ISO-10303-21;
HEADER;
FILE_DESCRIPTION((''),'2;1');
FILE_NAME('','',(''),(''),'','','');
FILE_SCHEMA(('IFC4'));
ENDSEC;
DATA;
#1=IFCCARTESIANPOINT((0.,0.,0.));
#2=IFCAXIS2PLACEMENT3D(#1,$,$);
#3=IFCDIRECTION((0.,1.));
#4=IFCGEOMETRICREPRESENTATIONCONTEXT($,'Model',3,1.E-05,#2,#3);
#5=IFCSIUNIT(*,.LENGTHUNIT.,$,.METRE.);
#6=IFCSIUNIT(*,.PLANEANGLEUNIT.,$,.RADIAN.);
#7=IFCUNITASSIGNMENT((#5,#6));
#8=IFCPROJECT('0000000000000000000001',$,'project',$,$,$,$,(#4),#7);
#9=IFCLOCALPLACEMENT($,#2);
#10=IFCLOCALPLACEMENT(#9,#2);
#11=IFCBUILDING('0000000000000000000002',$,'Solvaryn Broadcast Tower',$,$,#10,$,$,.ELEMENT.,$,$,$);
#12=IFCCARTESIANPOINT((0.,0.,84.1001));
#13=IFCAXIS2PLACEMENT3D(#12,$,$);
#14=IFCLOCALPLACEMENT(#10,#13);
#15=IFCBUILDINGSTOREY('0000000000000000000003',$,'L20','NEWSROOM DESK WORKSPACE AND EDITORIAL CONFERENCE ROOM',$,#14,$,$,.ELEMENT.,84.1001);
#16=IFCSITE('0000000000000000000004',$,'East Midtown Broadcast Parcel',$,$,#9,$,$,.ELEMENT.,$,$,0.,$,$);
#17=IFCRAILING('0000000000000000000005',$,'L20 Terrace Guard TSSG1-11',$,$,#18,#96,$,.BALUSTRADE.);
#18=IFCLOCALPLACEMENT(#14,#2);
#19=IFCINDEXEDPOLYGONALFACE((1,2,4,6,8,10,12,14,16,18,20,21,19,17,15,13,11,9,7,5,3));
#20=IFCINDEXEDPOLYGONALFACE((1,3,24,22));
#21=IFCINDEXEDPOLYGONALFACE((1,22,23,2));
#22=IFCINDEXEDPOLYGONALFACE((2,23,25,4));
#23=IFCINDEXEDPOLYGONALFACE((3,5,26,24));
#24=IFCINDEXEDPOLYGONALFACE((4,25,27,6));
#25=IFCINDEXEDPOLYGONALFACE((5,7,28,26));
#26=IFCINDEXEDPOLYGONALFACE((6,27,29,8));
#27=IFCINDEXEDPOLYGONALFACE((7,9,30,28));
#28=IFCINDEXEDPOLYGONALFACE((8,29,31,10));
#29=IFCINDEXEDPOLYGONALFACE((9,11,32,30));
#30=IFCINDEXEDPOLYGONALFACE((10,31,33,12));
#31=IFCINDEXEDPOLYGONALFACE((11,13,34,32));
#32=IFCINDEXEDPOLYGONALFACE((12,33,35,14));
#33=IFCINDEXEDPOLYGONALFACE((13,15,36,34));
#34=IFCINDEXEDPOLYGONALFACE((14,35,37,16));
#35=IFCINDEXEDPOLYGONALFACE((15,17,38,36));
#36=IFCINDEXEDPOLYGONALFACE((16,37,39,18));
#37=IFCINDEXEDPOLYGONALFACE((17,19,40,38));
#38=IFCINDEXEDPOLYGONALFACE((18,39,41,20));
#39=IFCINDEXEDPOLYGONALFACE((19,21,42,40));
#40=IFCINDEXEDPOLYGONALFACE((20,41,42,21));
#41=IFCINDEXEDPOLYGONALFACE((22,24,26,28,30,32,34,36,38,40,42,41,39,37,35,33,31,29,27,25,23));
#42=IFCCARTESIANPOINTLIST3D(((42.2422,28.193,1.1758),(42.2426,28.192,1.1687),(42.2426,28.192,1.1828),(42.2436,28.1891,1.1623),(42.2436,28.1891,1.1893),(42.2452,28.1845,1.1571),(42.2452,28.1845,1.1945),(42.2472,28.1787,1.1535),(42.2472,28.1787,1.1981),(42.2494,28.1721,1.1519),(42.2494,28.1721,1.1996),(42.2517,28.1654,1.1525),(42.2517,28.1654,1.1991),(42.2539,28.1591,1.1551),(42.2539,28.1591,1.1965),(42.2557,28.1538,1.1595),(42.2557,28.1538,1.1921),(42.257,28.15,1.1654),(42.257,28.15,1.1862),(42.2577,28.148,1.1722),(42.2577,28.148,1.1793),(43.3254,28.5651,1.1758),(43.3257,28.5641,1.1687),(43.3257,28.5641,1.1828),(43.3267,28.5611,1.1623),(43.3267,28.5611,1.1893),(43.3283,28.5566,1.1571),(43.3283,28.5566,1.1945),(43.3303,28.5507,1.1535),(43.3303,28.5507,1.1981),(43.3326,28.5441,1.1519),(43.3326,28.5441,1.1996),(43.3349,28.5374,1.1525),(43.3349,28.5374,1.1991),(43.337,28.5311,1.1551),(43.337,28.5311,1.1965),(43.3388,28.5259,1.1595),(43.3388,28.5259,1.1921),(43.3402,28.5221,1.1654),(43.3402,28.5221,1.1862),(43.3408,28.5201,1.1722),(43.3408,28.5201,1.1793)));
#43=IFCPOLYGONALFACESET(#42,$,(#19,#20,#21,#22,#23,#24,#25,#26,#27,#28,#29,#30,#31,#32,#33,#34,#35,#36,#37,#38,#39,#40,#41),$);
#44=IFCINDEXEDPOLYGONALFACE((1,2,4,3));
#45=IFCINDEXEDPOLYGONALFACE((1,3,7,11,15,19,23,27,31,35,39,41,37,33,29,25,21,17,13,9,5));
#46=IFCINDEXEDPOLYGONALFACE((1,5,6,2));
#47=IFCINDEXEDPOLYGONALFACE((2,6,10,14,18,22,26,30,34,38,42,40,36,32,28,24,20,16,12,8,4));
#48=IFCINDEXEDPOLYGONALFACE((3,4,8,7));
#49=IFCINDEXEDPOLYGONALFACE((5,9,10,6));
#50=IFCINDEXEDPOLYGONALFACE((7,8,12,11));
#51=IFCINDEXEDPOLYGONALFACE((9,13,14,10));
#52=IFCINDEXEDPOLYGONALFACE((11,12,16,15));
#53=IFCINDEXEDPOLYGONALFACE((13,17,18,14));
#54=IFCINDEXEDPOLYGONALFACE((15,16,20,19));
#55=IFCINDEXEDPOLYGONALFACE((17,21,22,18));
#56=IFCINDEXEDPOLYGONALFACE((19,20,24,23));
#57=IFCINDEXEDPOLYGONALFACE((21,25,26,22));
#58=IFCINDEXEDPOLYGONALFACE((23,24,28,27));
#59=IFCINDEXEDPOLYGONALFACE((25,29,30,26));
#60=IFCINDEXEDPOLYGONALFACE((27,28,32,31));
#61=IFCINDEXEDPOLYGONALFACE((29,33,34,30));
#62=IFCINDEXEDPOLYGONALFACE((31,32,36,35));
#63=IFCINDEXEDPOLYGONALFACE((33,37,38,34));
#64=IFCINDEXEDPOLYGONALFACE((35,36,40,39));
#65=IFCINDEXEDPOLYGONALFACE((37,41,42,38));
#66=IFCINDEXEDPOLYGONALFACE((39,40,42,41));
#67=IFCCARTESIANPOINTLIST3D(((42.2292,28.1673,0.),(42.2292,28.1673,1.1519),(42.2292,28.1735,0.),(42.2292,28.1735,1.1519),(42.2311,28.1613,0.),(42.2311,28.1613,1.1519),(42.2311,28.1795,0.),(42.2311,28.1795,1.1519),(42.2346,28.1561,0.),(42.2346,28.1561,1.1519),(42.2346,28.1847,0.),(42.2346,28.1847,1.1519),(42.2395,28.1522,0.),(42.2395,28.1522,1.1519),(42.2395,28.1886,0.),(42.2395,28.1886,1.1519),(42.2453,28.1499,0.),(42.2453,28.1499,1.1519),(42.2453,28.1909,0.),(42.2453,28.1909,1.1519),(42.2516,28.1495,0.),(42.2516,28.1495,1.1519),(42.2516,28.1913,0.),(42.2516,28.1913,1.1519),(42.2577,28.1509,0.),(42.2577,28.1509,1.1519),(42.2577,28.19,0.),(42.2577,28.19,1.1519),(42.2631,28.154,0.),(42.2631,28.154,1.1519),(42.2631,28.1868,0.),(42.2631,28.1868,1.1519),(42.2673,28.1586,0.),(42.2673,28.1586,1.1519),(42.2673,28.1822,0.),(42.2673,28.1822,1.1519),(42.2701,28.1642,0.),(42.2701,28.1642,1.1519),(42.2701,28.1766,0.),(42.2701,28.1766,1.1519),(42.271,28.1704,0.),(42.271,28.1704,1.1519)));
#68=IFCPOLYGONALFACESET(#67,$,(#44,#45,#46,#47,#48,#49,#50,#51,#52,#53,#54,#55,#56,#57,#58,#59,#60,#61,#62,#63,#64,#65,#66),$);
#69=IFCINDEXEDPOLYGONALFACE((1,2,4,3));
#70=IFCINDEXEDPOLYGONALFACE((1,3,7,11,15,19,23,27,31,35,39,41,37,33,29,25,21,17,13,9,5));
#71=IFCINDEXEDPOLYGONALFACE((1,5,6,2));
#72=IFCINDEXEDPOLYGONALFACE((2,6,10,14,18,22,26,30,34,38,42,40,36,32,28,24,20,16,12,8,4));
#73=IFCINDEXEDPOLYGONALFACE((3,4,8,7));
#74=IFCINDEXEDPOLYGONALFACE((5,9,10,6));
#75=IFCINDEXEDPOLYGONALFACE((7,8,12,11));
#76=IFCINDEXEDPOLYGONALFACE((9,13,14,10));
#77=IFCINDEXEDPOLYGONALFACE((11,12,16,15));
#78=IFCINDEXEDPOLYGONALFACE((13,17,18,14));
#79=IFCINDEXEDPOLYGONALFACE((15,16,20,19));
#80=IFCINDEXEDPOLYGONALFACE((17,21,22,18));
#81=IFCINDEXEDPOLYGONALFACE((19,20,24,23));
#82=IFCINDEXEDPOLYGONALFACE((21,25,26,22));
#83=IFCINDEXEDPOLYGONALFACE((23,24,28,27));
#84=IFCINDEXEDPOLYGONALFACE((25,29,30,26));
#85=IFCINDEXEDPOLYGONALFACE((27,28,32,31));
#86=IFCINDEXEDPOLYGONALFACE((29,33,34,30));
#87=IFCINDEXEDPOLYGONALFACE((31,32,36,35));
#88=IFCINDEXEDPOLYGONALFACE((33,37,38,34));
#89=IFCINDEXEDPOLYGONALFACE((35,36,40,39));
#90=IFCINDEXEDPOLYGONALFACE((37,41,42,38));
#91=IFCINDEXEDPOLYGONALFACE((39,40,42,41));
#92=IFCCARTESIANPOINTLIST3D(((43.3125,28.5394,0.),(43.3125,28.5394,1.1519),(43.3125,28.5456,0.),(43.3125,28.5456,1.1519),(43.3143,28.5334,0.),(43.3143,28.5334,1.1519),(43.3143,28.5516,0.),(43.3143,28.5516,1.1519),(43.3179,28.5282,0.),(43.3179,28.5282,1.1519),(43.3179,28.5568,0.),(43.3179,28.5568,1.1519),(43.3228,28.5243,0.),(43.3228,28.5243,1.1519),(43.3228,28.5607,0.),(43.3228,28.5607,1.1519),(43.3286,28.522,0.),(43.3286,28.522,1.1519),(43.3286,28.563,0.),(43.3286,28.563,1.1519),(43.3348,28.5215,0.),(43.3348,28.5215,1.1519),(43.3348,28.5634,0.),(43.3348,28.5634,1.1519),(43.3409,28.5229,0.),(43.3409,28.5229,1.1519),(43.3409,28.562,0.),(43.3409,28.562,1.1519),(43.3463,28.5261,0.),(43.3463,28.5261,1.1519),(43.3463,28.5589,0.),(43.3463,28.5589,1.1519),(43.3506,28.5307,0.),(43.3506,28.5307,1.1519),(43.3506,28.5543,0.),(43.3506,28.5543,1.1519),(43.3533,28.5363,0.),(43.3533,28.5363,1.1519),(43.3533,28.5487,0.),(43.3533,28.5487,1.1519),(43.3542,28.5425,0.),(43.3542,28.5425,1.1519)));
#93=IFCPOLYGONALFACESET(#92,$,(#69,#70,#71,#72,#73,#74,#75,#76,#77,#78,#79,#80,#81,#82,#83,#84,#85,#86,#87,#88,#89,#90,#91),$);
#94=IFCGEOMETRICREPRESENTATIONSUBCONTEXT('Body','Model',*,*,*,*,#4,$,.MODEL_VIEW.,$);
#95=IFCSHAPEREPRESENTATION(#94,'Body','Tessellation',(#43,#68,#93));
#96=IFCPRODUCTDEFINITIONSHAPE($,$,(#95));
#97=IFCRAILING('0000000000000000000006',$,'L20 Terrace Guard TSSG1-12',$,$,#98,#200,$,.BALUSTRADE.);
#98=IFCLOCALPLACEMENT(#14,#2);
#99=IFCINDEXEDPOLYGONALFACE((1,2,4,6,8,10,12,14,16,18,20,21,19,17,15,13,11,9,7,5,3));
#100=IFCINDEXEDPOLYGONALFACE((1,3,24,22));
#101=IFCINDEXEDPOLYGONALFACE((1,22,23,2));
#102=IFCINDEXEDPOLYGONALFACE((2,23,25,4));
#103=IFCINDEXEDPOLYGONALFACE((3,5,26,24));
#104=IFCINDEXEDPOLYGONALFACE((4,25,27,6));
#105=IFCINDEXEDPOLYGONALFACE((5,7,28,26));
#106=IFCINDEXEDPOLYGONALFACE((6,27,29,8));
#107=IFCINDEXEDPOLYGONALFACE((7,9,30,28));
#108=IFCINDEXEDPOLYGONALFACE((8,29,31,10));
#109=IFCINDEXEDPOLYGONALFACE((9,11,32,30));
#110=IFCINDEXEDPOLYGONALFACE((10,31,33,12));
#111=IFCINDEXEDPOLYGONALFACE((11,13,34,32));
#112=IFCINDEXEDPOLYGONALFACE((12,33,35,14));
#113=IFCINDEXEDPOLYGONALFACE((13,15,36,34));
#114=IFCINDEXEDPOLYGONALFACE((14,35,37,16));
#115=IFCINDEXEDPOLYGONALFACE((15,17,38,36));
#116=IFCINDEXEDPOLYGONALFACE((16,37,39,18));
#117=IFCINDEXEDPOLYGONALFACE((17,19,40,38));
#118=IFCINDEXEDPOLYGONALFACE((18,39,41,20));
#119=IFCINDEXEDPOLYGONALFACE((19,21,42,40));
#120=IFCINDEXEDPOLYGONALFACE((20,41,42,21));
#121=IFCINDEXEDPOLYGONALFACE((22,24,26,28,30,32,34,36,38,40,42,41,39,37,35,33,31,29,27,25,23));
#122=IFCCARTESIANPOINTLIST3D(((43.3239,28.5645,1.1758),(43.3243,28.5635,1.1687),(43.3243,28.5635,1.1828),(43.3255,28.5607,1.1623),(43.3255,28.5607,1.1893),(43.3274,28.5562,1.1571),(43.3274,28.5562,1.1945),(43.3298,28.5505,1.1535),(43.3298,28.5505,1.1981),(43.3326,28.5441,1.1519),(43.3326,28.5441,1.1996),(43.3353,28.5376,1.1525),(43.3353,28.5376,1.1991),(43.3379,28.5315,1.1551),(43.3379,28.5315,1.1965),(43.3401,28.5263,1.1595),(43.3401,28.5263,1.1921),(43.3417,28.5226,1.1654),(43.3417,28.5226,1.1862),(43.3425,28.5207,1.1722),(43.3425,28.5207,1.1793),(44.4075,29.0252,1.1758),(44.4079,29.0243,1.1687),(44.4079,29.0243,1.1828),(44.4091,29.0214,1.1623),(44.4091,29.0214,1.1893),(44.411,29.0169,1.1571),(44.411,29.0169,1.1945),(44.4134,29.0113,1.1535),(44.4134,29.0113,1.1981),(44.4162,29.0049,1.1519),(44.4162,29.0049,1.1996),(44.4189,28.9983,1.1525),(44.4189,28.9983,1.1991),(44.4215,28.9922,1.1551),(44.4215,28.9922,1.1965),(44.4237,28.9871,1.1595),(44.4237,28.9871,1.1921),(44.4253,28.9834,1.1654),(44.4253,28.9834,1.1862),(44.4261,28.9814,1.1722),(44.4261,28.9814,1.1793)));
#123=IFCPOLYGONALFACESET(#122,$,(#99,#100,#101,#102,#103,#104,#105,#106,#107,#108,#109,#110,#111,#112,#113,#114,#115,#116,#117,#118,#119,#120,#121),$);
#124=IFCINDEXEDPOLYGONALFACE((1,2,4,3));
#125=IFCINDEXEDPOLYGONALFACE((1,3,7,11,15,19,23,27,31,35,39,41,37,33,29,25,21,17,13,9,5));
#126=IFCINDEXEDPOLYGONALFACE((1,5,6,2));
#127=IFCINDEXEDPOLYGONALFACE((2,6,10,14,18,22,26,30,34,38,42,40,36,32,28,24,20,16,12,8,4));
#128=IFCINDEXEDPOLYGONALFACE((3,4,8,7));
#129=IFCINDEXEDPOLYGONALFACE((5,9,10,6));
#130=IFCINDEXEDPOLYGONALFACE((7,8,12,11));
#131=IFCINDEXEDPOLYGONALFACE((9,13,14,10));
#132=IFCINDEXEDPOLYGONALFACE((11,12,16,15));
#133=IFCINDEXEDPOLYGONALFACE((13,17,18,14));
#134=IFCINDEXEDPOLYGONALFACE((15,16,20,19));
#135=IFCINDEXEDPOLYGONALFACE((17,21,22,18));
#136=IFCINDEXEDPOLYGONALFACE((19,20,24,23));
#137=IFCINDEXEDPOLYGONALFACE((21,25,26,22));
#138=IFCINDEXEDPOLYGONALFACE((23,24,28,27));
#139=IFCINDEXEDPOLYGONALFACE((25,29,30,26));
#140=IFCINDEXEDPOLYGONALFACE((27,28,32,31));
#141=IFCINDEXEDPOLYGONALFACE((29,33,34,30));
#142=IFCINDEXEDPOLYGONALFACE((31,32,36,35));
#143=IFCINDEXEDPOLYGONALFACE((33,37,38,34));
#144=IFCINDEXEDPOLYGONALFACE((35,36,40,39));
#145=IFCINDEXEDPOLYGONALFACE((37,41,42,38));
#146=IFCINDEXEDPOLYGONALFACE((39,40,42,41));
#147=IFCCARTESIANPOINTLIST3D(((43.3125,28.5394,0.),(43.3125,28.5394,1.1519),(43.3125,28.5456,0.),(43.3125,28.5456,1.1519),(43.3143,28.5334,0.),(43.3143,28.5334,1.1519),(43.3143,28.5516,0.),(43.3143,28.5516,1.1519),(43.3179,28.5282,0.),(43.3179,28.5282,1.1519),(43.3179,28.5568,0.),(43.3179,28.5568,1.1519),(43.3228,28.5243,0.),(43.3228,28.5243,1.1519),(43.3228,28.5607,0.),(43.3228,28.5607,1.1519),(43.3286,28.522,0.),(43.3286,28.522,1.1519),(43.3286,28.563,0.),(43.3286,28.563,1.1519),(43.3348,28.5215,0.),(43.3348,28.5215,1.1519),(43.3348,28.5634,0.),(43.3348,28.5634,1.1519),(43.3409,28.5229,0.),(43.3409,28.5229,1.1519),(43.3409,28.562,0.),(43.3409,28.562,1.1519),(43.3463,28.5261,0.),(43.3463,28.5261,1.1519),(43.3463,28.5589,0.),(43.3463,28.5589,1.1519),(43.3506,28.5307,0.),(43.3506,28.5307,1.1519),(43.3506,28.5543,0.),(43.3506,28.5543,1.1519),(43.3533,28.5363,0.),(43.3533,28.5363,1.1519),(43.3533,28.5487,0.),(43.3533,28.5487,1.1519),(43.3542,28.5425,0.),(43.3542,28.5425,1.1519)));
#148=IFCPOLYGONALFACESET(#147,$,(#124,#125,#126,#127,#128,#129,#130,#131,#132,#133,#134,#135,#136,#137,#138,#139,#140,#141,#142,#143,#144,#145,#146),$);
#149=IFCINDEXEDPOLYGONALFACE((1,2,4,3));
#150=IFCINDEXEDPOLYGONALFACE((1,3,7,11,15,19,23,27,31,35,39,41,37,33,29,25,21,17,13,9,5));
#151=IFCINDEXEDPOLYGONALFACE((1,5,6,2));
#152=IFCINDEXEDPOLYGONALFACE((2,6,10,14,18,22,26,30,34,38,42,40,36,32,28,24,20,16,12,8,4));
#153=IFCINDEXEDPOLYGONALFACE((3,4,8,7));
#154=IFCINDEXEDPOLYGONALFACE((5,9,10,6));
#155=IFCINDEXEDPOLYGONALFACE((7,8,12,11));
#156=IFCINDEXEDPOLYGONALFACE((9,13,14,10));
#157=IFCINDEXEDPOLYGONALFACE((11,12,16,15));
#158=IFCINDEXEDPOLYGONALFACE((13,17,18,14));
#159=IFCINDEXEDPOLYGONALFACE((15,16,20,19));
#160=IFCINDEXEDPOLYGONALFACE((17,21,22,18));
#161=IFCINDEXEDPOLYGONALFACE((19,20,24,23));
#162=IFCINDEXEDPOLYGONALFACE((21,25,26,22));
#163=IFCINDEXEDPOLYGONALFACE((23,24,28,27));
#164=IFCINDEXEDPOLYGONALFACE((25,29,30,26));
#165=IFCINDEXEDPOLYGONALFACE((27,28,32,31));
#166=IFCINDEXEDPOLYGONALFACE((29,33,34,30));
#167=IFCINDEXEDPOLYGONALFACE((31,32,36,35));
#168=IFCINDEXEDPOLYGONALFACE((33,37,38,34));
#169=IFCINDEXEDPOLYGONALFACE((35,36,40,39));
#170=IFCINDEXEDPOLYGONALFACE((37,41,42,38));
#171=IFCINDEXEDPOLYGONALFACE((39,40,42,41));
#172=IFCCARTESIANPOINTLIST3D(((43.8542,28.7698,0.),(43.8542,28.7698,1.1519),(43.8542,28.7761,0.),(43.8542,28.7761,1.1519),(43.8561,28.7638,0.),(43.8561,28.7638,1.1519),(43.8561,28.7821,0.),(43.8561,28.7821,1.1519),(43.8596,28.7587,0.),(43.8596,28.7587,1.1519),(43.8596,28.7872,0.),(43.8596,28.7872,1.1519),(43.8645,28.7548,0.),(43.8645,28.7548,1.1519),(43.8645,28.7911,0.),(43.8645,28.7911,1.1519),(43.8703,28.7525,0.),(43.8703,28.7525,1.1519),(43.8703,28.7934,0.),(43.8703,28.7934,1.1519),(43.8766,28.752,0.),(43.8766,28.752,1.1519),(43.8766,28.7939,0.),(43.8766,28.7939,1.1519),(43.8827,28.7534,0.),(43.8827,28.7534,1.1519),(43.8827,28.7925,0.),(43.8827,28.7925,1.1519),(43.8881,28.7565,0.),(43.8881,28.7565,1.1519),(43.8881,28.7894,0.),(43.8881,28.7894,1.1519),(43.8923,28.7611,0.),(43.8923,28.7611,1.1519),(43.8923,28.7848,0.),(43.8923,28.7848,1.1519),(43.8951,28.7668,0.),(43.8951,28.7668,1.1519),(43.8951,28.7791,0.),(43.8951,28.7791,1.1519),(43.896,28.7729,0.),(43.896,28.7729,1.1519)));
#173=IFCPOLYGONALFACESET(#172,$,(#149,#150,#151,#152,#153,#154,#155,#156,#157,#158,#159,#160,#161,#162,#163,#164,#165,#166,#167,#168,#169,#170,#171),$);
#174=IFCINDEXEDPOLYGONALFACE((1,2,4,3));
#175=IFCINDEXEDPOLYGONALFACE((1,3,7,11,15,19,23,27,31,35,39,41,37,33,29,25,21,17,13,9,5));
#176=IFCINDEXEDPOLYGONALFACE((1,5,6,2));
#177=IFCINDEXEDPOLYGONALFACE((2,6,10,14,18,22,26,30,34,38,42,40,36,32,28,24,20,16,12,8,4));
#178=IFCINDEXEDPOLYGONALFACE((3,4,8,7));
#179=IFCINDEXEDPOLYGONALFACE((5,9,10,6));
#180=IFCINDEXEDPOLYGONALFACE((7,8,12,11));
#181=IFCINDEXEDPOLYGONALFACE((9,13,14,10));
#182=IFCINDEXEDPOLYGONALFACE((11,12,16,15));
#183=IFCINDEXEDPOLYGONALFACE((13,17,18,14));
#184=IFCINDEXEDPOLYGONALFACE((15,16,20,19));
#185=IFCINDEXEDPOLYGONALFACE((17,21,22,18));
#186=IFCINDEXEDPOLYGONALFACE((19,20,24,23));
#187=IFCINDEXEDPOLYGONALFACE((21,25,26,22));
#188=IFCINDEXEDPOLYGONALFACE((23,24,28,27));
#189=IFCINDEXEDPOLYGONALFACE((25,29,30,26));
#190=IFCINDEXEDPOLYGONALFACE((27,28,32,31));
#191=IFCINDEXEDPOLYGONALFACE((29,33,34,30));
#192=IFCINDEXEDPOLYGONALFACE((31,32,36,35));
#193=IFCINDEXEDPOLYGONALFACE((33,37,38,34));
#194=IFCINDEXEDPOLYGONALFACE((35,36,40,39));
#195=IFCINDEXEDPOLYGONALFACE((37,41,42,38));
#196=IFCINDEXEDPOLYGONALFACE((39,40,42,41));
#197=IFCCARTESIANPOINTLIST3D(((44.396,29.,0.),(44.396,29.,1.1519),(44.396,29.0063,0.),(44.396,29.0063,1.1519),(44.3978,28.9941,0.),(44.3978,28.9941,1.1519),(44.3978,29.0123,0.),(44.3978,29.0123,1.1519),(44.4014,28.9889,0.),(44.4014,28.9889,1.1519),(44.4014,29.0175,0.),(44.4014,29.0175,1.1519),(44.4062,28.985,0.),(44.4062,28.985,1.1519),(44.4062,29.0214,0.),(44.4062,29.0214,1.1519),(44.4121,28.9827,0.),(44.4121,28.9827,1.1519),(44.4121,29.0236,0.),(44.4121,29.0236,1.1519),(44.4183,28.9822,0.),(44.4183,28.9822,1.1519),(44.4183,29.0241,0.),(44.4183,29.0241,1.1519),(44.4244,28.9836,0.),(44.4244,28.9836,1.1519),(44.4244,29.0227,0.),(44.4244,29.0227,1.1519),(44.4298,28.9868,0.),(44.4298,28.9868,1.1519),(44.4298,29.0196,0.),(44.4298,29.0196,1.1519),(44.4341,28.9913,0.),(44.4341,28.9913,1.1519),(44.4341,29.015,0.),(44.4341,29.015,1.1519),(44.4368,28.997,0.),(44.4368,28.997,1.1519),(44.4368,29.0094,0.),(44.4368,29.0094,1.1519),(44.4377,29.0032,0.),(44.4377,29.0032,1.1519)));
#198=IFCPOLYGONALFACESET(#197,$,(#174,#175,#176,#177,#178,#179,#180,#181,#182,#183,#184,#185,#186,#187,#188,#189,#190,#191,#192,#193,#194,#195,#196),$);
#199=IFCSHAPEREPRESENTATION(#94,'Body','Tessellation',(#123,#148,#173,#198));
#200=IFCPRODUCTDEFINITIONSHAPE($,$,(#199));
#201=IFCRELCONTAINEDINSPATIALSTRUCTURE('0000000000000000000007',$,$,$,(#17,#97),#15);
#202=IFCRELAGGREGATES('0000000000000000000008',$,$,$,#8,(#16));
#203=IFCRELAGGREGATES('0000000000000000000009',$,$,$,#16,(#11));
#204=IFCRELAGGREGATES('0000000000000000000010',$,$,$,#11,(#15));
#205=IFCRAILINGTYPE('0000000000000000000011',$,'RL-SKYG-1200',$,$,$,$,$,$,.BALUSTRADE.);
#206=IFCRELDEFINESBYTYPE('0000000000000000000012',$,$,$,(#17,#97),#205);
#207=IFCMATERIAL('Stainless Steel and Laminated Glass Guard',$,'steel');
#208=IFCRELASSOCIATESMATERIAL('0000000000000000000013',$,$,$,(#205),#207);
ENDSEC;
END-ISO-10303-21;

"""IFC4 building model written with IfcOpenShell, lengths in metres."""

from ifc_helpers import new_model, si_unit, direction, frame, origin, origin_2d, place, context, subcontext, project, spatial, circle, extrude, material, type_object, element, save


model = new_model("IFC4")

# Units and contexts
model_context = context("Model", 3, precision=1e-05, world=origin(), true_north=direction((0.0, 1.0)))
body_context = subcontext(model_context, "Body", "Model", "MODEL_VIEW")
ifc_project = project(units=[si_unit("LENGTHUNIT", "METRE"), si_unit("PLANEANGLEUNIT", "RADIAN")], contexts=[model_context])

# Site, building, storey
site_placement = place(None, origin())
site = spatial("IfcSite", under=ifc_project, at=site_placement, Name="East Midtown Broadcast Parcel", CompositionType="ELEMENT", RefElevation=0.0)
building_placement = place(site_placement, origin())
building = spatial("IfcBuilding", under=site, at=building_placement, Name="Solvaryn Broadcast Tower", CompositionType="ELEMENT")
storey_placement = place(building_placement, frame((0.0, 0.0, 84.1001)))
storey = spatial("IfcBuildingStorey", under=building, at=storey_placement, Name="L20", Description="NEWSROOM DESK WORKSPACE AND EDITORIAL CONFERENCE ROOM", CompositionType="ELEMENT", Elevation=84.1001)

# Railings
ifc_material_1 = material(Name="Stainless Steel and Laminated Glass Guard", Category="steel")
railing_type = type_object("IfcRailingType", Name="RL-SKYG-1200", PredefinedType="BALUSTRADE", material=ifc_material_1)
railing_1_placement = place(storey_placement, frame((42.25, 28.1704, 0.0)))
element("IfcRailing", 1, at=railing_1_placement, inside=storey, type_object=railing_type, Name="L20 Terrace Guard TSSG1-11", PredefinedType="BALUSTRADE", context=body_context, shape_type="SweptSolid", body=[
    extrude(circle(Radius=0.0239, at=origin_2d()), frame((0.0, 0.0, 1.1758), z_axis=(0.945766, 0.324847, 0.0), x_axis=(-0.324847, 0.945766, 0.0)), (0.0, 0.0, 1.0), 1.1453),
    extrude(circle(Radius=0.021, at=origin_2d()), origin(), (0.0, 0.0, 1.0), 1.1519),
    extrude(circle(Radius=0.021, at=origin_2d()), frame((1.0833, 0.3721, 0.0)), (0.0, 0.0, 1.0), 1.1519),
])
railing_2_placement = place(storey_placement, frame((43.3333, 28.5425, 0.0)))
element("IfcRailing", 2, at=railing_2_placement, inside=storey, type_object=railing_type, Name="L20 Terrace Guard TSSG1-12", PredefinedType="BALUSTRADE", context=body_context, shape_type="SweptSolid", body=[
    extrude(circle(Radius=0.0239, at=origin_2d()), frame((0.0, 0.0, 1.1758), z_axis=(0.920267, 0.39129, 0.0), x_axis=(-0.39129, 0.920267, 0.0)), (0.0, 0.0, 1.0), 1.1775),
    extrude(circle(Radius=0.021, at=origin_2d()), origin(), (0.0, 0.0, 1.0), 1.1519),
    extrude(circle(Radius=0.021, at=origin_2d()), frame((0.5417, 0.2305, 0.0)), (0.0, 0.0, 1.0), 1.1519),
    extrude(circle(Radius=0.021, at=origin_2d()), frame((1.0835, 0.4607, 0.0)), (0.0, 0.0, 1.0), 1.1519),
])

save(model, "model.ifc")
